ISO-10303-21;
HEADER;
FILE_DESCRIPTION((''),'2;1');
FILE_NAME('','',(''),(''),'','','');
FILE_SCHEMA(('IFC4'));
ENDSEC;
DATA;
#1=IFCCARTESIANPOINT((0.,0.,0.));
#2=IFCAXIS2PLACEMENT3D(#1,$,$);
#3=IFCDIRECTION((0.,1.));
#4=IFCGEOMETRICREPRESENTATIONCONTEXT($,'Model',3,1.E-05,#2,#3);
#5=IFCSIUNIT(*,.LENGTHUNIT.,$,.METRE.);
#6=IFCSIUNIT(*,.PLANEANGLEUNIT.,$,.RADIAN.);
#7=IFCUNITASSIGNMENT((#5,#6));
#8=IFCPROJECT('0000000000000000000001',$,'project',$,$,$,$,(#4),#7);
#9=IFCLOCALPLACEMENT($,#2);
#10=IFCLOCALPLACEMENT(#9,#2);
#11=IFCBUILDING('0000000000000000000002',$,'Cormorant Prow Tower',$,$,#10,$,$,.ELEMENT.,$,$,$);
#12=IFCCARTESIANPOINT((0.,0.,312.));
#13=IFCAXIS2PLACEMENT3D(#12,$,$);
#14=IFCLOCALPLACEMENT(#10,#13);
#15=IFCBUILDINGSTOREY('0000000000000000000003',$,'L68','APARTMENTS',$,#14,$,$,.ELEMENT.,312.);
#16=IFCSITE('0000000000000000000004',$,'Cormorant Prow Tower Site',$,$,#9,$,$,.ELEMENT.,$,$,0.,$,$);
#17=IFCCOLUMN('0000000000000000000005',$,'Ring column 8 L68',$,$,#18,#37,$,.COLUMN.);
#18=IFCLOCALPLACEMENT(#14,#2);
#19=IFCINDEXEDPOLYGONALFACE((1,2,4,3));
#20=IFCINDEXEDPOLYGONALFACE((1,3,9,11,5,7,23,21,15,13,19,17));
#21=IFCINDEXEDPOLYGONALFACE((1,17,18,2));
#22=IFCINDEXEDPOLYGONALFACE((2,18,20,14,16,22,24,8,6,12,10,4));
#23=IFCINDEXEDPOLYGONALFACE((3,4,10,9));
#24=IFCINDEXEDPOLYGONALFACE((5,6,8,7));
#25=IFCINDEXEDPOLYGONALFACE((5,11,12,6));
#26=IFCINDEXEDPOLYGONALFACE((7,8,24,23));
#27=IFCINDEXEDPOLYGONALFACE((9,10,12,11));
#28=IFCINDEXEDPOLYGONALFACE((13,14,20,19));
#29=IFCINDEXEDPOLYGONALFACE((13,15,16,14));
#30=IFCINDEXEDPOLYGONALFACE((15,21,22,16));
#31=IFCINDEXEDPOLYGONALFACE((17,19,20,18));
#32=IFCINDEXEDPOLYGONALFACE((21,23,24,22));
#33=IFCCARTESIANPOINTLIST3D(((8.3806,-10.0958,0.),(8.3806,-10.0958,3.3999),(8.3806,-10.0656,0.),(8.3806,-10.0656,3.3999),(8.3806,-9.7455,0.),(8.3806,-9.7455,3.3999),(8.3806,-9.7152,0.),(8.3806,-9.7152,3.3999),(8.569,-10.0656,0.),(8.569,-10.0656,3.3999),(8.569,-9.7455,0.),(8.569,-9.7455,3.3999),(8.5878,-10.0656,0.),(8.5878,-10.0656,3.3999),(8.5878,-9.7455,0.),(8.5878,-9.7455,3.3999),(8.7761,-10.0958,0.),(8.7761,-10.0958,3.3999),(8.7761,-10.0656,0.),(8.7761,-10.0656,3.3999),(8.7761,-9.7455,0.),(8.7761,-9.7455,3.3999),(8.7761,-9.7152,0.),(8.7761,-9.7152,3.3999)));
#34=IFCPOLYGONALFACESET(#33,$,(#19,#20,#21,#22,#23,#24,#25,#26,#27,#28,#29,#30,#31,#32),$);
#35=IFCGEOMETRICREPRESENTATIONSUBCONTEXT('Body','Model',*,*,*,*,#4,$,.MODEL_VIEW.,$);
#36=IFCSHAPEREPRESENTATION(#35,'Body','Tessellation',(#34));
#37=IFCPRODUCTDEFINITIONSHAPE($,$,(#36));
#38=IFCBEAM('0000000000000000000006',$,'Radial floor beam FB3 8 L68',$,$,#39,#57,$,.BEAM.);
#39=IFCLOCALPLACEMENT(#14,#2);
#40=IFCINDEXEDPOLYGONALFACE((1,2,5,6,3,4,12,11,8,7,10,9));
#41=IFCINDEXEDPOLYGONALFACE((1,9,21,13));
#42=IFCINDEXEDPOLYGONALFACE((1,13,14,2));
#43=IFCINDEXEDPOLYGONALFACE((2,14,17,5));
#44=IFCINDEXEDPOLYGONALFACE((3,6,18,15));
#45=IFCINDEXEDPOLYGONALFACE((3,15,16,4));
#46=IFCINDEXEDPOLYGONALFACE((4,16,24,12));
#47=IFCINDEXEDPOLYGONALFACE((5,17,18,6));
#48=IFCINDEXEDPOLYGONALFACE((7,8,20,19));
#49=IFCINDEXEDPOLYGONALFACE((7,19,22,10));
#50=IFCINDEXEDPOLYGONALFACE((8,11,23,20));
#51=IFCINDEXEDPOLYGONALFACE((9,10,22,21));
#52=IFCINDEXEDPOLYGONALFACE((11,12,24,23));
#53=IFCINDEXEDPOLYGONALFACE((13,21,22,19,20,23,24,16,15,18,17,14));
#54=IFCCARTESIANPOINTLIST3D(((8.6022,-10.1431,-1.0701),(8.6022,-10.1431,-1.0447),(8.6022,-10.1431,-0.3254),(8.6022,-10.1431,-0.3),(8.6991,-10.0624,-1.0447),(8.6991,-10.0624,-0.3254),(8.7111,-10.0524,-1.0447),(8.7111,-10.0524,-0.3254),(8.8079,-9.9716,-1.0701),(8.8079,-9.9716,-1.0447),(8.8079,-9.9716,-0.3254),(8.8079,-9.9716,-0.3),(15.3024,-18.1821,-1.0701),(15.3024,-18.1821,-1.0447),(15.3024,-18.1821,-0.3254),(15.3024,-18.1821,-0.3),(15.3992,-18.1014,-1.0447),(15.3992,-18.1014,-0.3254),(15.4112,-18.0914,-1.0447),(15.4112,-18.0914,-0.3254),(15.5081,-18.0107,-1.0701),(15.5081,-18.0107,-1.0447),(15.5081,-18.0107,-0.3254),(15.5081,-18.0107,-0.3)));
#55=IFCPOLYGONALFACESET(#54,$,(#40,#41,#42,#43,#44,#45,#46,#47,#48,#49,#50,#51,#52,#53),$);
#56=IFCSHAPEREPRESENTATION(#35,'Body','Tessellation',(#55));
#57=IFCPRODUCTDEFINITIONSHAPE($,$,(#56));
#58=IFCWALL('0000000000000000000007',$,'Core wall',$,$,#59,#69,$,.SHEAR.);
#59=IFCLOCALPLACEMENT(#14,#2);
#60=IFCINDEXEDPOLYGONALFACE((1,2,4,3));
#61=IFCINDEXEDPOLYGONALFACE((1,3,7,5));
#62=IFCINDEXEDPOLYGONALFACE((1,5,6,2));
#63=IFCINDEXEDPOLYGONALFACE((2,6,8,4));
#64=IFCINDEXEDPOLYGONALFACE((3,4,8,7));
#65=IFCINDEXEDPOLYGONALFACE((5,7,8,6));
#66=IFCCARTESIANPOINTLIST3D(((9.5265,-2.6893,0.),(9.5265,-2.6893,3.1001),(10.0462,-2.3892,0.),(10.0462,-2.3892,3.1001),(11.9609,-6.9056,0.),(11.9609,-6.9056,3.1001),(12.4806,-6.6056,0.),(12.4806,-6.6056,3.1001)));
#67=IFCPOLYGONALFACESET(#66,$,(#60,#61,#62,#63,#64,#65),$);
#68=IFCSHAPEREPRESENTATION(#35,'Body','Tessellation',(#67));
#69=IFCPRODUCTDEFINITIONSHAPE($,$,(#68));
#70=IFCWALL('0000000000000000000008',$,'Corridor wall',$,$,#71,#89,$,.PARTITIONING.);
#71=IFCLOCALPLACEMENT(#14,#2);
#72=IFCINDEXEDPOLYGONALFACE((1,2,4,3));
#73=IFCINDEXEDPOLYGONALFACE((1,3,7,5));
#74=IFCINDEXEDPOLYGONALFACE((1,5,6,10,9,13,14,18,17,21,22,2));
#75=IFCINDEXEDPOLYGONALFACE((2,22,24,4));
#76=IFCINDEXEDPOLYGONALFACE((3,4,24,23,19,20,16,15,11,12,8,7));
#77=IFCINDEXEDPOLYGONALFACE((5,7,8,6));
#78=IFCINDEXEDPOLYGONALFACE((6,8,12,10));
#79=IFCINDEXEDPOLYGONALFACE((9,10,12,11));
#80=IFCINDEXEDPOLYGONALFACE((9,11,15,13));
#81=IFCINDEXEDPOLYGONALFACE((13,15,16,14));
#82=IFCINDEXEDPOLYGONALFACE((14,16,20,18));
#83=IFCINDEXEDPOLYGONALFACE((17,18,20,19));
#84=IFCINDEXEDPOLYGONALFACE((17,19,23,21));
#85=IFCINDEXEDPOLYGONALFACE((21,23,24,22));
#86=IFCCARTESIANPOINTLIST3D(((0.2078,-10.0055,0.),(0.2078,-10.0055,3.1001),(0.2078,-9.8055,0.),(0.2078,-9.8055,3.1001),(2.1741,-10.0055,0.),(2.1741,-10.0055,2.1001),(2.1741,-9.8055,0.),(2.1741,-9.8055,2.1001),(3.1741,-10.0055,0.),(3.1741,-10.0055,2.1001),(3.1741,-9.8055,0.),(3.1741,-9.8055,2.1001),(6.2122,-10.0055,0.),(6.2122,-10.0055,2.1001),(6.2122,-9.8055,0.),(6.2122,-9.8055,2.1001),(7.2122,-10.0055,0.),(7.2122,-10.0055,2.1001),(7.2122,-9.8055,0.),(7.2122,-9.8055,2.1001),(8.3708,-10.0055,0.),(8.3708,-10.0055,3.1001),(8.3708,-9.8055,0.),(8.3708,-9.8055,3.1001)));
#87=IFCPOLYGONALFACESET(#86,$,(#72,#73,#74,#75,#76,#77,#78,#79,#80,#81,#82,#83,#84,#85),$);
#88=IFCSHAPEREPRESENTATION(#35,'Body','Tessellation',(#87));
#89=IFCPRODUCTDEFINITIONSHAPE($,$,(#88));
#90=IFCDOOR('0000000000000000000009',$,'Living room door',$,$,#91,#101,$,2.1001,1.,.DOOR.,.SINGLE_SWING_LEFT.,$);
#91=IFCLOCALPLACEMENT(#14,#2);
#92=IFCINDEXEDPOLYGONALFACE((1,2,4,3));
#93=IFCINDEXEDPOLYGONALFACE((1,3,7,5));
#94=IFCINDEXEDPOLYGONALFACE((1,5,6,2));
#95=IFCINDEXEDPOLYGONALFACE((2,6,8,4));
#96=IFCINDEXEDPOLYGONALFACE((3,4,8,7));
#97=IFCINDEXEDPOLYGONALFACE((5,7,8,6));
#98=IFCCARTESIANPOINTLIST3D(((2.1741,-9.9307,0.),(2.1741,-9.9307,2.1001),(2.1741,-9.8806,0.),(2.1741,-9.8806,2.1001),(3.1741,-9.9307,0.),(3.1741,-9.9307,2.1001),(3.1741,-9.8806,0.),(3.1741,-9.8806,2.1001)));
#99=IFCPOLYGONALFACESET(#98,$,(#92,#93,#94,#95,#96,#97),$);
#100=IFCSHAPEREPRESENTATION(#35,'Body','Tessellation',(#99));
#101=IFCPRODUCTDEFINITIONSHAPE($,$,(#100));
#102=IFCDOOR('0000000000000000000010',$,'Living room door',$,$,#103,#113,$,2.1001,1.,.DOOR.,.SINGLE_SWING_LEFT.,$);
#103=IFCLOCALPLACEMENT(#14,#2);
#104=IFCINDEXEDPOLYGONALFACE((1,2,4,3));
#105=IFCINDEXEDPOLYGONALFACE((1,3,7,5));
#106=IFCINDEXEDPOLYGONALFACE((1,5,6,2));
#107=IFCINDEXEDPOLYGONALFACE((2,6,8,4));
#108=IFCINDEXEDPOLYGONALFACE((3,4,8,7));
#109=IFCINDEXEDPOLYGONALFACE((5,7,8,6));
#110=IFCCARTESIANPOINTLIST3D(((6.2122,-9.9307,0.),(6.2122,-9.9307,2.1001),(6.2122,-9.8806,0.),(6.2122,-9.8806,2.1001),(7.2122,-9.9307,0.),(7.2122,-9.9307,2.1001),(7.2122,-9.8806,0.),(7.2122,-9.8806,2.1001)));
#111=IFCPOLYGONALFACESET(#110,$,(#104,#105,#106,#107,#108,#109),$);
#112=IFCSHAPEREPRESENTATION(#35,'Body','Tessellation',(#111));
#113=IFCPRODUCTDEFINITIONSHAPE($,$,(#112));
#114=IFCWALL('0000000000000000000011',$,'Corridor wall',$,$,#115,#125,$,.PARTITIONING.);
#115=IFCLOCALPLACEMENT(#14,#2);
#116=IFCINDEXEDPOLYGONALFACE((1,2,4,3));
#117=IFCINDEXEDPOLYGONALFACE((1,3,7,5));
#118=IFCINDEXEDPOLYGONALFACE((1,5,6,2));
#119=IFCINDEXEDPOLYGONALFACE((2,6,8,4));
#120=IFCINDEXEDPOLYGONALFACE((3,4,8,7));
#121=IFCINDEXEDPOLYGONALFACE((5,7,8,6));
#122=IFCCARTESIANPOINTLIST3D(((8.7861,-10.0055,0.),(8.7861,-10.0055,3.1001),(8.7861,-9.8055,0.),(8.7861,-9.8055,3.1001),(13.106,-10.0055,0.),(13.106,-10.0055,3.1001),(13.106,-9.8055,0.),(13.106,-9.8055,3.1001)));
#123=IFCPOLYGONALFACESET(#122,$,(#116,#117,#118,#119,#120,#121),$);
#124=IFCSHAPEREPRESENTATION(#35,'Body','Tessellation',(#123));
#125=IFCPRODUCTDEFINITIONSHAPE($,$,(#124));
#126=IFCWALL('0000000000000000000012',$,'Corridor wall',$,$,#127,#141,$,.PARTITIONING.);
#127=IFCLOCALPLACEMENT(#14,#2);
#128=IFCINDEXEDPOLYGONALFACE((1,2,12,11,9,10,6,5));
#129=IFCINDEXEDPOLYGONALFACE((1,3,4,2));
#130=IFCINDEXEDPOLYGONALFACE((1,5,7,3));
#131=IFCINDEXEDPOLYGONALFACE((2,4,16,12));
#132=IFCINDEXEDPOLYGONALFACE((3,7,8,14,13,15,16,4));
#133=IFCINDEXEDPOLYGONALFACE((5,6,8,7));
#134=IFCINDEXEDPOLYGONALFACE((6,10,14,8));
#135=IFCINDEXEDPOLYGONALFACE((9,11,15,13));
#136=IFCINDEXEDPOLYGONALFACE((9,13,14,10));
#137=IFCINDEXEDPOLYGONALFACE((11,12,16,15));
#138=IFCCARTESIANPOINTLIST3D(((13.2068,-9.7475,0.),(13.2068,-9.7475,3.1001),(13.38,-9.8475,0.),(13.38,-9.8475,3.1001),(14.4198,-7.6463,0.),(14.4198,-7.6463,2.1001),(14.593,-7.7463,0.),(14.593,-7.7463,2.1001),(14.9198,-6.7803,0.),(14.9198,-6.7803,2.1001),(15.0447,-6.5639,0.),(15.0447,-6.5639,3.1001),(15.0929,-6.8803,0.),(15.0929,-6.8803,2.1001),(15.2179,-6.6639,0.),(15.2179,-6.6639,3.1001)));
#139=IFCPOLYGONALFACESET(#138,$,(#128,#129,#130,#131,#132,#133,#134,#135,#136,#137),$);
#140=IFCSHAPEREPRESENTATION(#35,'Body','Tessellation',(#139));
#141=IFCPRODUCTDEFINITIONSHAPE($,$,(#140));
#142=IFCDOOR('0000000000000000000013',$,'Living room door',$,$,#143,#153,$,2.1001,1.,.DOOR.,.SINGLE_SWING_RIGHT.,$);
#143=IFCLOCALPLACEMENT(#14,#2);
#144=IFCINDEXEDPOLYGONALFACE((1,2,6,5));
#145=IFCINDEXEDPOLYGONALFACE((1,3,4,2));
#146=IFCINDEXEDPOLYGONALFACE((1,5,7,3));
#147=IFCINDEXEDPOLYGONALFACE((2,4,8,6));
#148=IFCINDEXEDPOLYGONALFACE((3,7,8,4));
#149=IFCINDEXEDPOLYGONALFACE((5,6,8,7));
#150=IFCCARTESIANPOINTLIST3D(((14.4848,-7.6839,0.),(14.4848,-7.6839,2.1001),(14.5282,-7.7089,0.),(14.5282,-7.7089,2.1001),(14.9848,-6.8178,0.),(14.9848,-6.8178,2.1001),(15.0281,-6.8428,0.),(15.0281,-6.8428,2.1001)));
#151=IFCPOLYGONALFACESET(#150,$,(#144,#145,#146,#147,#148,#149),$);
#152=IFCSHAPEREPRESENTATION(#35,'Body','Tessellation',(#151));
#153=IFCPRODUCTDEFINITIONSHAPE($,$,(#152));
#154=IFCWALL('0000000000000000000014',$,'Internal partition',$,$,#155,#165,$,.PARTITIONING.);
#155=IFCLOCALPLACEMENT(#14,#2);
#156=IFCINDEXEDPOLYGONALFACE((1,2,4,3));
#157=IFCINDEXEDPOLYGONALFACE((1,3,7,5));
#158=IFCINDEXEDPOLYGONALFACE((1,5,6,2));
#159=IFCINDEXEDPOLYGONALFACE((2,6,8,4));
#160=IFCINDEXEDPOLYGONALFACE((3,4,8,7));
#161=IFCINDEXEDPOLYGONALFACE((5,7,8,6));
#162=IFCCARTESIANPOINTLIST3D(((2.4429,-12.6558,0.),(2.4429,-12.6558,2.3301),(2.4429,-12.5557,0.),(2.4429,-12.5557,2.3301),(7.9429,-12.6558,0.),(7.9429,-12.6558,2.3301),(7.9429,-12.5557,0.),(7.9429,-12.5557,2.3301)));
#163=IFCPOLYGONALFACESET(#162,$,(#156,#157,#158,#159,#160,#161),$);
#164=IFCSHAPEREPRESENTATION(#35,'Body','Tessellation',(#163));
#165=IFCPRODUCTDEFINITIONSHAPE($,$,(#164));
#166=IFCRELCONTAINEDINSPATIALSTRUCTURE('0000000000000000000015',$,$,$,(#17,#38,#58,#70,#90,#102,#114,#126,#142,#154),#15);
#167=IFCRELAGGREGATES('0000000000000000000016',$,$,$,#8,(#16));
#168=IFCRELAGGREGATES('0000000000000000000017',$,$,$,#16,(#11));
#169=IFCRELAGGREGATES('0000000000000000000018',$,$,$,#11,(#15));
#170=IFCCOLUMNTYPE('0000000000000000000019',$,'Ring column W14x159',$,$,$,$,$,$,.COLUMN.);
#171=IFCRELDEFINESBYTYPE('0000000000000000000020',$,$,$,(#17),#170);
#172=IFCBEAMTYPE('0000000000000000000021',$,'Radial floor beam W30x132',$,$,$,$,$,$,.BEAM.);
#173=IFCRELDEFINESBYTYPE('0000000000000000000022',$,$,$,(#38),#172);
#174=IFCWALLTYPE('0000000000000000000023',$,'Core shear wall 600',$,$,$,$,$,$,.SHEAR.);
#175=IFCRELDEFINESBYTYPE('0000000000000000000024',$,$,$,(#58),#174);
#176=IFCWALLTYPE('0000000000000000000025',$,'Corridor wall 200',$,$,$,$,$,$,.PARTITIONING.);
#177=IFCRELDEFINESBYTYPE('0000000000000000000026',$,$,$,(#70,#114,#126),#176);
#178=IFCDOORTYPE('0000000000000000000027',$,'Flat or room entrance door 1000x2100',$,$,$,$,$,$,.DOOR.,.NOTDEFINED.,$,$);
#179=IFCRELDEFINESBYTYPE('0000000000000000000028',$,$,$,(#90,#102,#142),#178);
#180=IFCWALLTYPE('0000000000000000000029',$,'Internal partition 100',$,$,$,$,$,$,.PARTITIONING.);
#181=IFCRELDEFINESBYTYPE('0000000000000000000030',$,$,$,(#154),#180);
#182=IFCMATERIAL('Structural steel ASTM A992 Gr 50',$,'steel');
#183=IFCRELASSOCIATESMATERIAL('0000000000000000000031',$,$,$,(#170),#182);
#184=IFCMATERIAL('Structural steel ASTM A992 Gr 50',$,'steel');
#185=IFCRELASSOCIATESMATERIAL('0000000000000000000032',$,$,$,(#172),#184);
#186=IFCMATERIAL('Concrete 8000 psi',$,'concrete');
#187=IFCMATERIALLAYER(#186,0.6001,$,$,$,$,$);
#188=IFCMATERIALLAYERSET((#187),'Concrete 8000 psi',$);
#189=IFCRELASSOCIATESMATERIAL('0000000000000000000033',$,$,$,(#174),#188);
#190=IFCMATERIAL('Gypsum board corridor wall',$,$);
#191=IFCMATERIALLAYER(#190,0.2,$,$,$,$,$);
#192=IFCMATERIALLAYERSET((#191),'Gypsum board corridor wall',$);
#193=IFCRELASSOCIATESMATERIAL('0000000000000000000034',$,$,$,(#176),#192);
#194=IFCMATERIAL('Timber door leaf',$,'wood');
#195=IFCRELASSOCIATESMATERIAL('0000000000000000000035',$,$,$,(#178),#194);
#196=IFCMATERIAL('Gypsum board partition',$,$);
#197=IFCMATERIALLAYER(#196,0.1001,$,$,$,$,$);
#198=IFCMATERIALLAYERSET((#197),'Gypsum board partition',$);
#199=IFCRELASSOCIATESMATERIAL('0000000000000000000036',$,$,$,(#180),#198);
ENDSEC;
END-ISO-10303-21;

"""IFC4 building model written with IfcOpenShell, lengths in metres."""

from ifc_helpers import new_model, si_unit, direction, frame, frame_2d, origin, origin_2d, place, context, subcontext, project, spatial, rectangle, i_section, extrude, material, layer, layer_set, material_profile, profile_set, type_object, element, fill, save


model = new_model("IFC4")

# Units and contexts
model_context = context("Model", 3, precision=1e-05, world=origin(), true_north=direction((0.0, 1.0)))
body_context = subcontext(model_context, "Body", "Model", "MODEL_VIEW")
ifc_project = project(units=[si_unit("LENGTHUNIT", "METRE"), si_unit("PLANEANGLEUNIT", "RADIAN")], contexts=[model_context])

# Site, building, storey
site_placement = place(None, origin())
site = spatial("IfcSite", under=ifc_project, at=site_placement, Name="Cormorant Prow Tower Site", CompositionType="ELEMENT", RefElevation=0.0)
building_placement = place(site_placement, origin())
building = spatial("IfcBuilding", under=site, at=building_placement, Name="Cormorant Prow Tower", CompositionType="ELEMENT")
storey_placement = place(building_placement, frame((0.0, 0.0, 312.0)))
storey = spatial("IfcBuildingStorey", under=building, at=storey_placement, Name="L68", Description="APARTMENTS", CompositionType="ELEMENT", Elevation=312.0)

# Column
ifc_material_1 = material(Name="Structural steel ASTM A992 Gr 50", Category="steel")
ifc_material_profile_1 = material_profile(ifc_material_1, i_section(OverallWidth=0.3955, OverallDepth=0.3806, WebThickness=0.0188, FlangeThickness=0.0303, at=origin_2d()), Name="W14x159")
ifc_profile_set_1 = profile_set([ifc_material_profile_1], Name="Structural steel ASTM A992 Gr 50")
column_type = type_object("IfcColumnType", Name="Ring column W14x159", PredefinedType="COLUMN", material=ifc_profile_set_1)
column_placement = place(storey_placement, frame((8.5784, -9.9055, 0.0), z_axis=(0.0, 0.0, 1.0), x_axis=(1.0, 0.0, 0.0)))
element("IfcColumn", 1, at=column_placement, inside=storey, type_object=column_type, Name="Ring column 8 L68", PredefinedType="COLUMN", context=body_context, shape_type="SweptSolid", body=[
    extrude(i_section(OverallWidth=0.3955, OverallDepth=0.3806, WebThickness=0.0188, FlangeThickness=0.0303, at=origin_2d()), origin(), (0.0, 0.0, 1.0), 3.3999),
])

# Beam
ifc_material_2 = material(Name="Structural steel ASTM A992 Gr 50", Category="steel")
ifc_material_profile_2 = material_profile(ifc_material_2, i_section(OverallWidth=0.2678, OverallDepth=0.77, WebThickness=0.0156, FlangeThickness=0.0254, at=origin_2d()), Name="W30x132")
ifc_profile_set_2 = profile_set([ifc_material_profile_2], Name="Structural steel ASTM A992 Gr 50")
beam_type = type_object("IfcBeamType", Name="Radial floor beam W30x132", PredefinedType="BEAM", material=ifc_profile_set_2)
beam_placement = place(storey_placement, frame((8.7051, -10.0574, -0.6851), z_axis=(0.640239, -0.768175, 0.0), x_axis=(0.768175, 0.640239, 0.0)))
element("IfcBeam", 2, at=beam_placement, inside=storey, type_object=beam_type, Name="Radial floor beam FB3 8 L68", PredefinedType="BEAM", context=body_context, shape_type="SweptSolid", body=[
    extrude(i_section(OverallWidth=0.2678, OverallDepth=0.77, WebThickness=0.0156, FlangeThickness=0.0254, at=origin_2d()), origin(), (0.0, 0.0, 1.0), 10.4651),
])

# Wall
ifc_material_3 = material(Name="Concrete 8000 psi", Category="concrete")
ifc_layer_1 = layer(ifc_material_3, 0.6001)
ifc_layer_set_1 = layer_set([ifc_layer_1], Name="Concrete 8000 psi")
wall_type_1 = type_object("IfcWallType", Name="Core shear wall 600", PredefinedType="SHEAR", material=ifc_layer_set_1)
wall_1_placement = place(storey_placement, frame((12.2207, -6.7556, 0.0), z_axis=(0.0, 0.0, 1.0), x_axis=(-0.500006, 0.866022, 0.0)))
element("IfcWall", 3, at=wall_1_placement, inside=storey, type_object=wall_type_1, Name="Core wall", PredefinedType="SHEAR", context=body_context, shape_type="SweptSolid", body=[
    extrude(rectangle(XDim=4.8687, YDim=0.6001, at=frame_2d((2.4343, 0.0))), origin(), (0.0, 0.0, 1.0), 3.1001),
])

# Wall, openings, doors
ifc_material_4 = material(Name="Gypsum board corridor wall")
ifc_layer_2 = layer(ifc_material_4, 0.2)
ifc_layer_set_2 = layer_set([ifc_layer_2], Name="Gypsum board corridor wall")
wall_type_2 = type_object("IfcWallType", Name="Corridor wall 200", PredefinedType="PARTITIONING", material=ifc_layer_set_2)
wall_2_placement = place(storey_placement, frame((0.2078, -9.9055, 0.0), z_axis=(0.0, 0.0, 1.0), x_axis=(1.0, 0.0, 0.0)))
wall_2 = element("IfcWall", 4, at=wall_2_placement, inside=storey, type_object=wall_type_2, Name="Corridor wall", PredefinedType="PARTITIONING", context=body_context, shape_type="SweptSolid", body=[
    extrude(rectangle(XDim=8.1631, YDim=0.2, at=frame_2d((4.0815, 0.0))), origin(), (0.0, 0.0, 1.0), 3.1001),
])
opening_1_placement = place(wall_2_placement, frame((1.9663, 0.0, 0.0)))
opening_1 = element("IfcOpeningElement", 5, at=opening_1_placement, cuts=wall_2, PredefinedType="OPENING", context=body_context, shape_type="SweptSolid", body=[
    extrude(rectangle(XDim=1.0, YDim=2.1001, at=frame_2d((0.5, 1.05))), frame((0.0, 0.1099, 0.0), z_axis=(0.0, -1.0, 0.0), x_axis=(1.0, 0.0, 0.0)), (0.0, 0.0, 1.0), 0.22),
])
opening_2_placement = place(wall_2_placement, frame((6.0044, 0.0, 0.0)))
opening_2 = element("IfcOpeningElement", 6, at=opening_2_placement, cuts=wall_2, PredefinedType="OPENING", context=body_context, shape_type="SweptSolid", body=[
    extrude(rectangle(XDim=1.0, YDim=2.1001, at=frame_2d((0.5, 1.05))), frame((0.0, 0.1099, 0.0), z_axis=(0.0, -1.0, 0.0), x_axis=(1.0, 0.0, 0.0)), (0.0, 0.0, 1.0), 0.22),
])
ifc_material_5 = material(Name="Timber door leaf", Category="wood")
door_type_1 = type_object("IfcDoorType", Name="Flat or room entrance door 1000x2100", OperationType="NOTDEFINED", PredefinedType="DOOR", material=ifc_material_5)
door_1_placement = place(opening_1_placement, origin())
door_1 = element("IfcDoor", 7, at=door_1_placement, inside=storey, type_object=door_type_1, Name="Living room door", OperationType="SINGLE_SWING_LEFT", OverallHeight=2.1001, OverallWidth=1.0, PredefinedType="DOOR", context=body_context, shape_type="SweptSolid", body=[
    extrude(rectangle(XDim=1.0, YDim=2.1001, at=frame_2d((0.5, 1.05))), frame((0.0, 0.0249, 0.0), z_axis=(0.0, -1.0, 0.0), x_axis=(1.0, 0.0, 0.0)), (0.0, 0.0, 1.0), 0.05),
])
fill(opening_1, door_1)
door_2_placement = place(opening_2_placement, origin())
door_2 = element("IfcDoor", 8, at=door_2_placement, inside=storey, type_object=door_type_1, Name="Living room door", OperationType="SINGLE_SWING_LEFT", OverallHeight=2.1001, OverallWidth=1.0, PredefinedType="DOOR", context=body_context, shape_type="SweptSolid", body=[
    extrude(rectangle(XDim=1.0, YDim=2.1001, at=frame_2d((0.5, 1.05))), frame((0.0, 0.0249, 0.0), z_axis=(0.0, -1.0, 0.0), x_axis=(1.0, 0.0, 0.0)), (0.0, 0.0, 1.0), 0.05),
])
fill(opening_2, door_2)

# Wall
wall_3_placement = place(storey_placement, frame((8.7861, -9.9055, 0.0), z_axis=(0.0, 0.0, 1.0), x_axis=(1.0, 0.0, 0.0)))
element("IfcWall", 9, at=wall_3_placement, inside=storey, type_object=wall_type_2, Name="Corridor wall", PredefinedType="PARTITIONING", context=body_context, shape_type="SweptSolid", body=[
    extrude(rectangle(XDim=4.3198, YDim=0.2, at=frame_2d((2.1599, 0.0))), origin(), (0.0, 0.0, 1.0), 3.1001),
])

# Wall, opening, door
wall_4_placement = place(storey_placement, frame((13.2935, -9.7974, 0.0), z_axis=(0.0, 0.0, 1.0), x_axis=(0.499968, 0.866044, 0.0)))
wall_4 = element("IfcWall", 10, at=wall_4_placement, inside=storey, type_object=wall_type_2, Name="Corridor wall", PredefinedType="PARTITIONING", context=body_context, shape_type="SweptSolid", body=[
    extrude(rectangle(XDim=3.676, YDim=0.2, at=frame_2d((1.8379, 0.0))), origin(), (0.0, 0.0, 1.0), 3.1001),
])
opening_3_placement = place(wall_4_placement, frame((2.426, 0.0, 0.0)))
opening_3 = element("IfcOpeningElement", 11, at=opening_3_placement, cuts=wall_4, PredefinedType="OPENING", context=body_context, shape_type="SweptSolid", body=[
    extrude(rectangle(XDim=1.0, YDim=2.1001, at=frame_2d((0.5, 1.05))), frame((0.0, 0.1099, 0.0), z_axis=(0.0, -1.0, 0.0), x_axis=(1.0, 0.0, 0.0)), (0.0, 0.0, 1.0), 0.22),
])
door_3_placement = place(opening_3_placement, origin())
door_3 = element("IfcDoor", 12, at=door_3_placement, inside=storey, type_object=door_type_1, Name="Living room door", OperationType="SINGLE_SWING_RIGHT", OverallHeight=2.1001, OverallWidth=1.0, PredefinedType="DOOR", context=body_context, shape_type="SweptSolid", body=[
    extrude(rectangle(XDim=1.0, YDim=2.1001, at=frame_2d((0.5, 1.05))), frame((0.0, 0.0249, 0.0), z_axis=(0.0, -1.0, 0.0), x_axis=(1.0, 0.0, 0.0)), (0.0, 0.0, 1.0), 0.05),
])
fill(opening_3, door_3)

# Wall
ifc_material_6 = material(Name="Gypsum board partition")
ifc_layer_3 = layer(ifc_material_6, 0.1001)
ifc_layer_set_3 = layer_set([ifc_layer_3], Name="Gypsum board partition")
wall_type_3 = type_object("IfcWallType", Name="Internal partition 100", PredefinedType="PARTITIONING", material=ifc_layer_set_3)
wall_5_placement = place(storey_placement, frame((2.4429, -12.6057, 0.0), z_axis=(0.0, 0.0, 1.0), x_axis=(1.0, 0.0, 0.0)))
element("IfcWall", 13, at=wall_5_placement, inside=storey, type_object=wall_type_3, Name="Internal partition", PredefinedType="PARTITIONING", context=body_context, shape_type="SweptSolid", body=[
    extrude(rectangle(XDim=5.5, YDim=0.1001, at=frame_2d((2.75, 0.0))), origin(), (0.0, 0.0, 1.0), 2.3301),
])

save(model, "model.ifc")
